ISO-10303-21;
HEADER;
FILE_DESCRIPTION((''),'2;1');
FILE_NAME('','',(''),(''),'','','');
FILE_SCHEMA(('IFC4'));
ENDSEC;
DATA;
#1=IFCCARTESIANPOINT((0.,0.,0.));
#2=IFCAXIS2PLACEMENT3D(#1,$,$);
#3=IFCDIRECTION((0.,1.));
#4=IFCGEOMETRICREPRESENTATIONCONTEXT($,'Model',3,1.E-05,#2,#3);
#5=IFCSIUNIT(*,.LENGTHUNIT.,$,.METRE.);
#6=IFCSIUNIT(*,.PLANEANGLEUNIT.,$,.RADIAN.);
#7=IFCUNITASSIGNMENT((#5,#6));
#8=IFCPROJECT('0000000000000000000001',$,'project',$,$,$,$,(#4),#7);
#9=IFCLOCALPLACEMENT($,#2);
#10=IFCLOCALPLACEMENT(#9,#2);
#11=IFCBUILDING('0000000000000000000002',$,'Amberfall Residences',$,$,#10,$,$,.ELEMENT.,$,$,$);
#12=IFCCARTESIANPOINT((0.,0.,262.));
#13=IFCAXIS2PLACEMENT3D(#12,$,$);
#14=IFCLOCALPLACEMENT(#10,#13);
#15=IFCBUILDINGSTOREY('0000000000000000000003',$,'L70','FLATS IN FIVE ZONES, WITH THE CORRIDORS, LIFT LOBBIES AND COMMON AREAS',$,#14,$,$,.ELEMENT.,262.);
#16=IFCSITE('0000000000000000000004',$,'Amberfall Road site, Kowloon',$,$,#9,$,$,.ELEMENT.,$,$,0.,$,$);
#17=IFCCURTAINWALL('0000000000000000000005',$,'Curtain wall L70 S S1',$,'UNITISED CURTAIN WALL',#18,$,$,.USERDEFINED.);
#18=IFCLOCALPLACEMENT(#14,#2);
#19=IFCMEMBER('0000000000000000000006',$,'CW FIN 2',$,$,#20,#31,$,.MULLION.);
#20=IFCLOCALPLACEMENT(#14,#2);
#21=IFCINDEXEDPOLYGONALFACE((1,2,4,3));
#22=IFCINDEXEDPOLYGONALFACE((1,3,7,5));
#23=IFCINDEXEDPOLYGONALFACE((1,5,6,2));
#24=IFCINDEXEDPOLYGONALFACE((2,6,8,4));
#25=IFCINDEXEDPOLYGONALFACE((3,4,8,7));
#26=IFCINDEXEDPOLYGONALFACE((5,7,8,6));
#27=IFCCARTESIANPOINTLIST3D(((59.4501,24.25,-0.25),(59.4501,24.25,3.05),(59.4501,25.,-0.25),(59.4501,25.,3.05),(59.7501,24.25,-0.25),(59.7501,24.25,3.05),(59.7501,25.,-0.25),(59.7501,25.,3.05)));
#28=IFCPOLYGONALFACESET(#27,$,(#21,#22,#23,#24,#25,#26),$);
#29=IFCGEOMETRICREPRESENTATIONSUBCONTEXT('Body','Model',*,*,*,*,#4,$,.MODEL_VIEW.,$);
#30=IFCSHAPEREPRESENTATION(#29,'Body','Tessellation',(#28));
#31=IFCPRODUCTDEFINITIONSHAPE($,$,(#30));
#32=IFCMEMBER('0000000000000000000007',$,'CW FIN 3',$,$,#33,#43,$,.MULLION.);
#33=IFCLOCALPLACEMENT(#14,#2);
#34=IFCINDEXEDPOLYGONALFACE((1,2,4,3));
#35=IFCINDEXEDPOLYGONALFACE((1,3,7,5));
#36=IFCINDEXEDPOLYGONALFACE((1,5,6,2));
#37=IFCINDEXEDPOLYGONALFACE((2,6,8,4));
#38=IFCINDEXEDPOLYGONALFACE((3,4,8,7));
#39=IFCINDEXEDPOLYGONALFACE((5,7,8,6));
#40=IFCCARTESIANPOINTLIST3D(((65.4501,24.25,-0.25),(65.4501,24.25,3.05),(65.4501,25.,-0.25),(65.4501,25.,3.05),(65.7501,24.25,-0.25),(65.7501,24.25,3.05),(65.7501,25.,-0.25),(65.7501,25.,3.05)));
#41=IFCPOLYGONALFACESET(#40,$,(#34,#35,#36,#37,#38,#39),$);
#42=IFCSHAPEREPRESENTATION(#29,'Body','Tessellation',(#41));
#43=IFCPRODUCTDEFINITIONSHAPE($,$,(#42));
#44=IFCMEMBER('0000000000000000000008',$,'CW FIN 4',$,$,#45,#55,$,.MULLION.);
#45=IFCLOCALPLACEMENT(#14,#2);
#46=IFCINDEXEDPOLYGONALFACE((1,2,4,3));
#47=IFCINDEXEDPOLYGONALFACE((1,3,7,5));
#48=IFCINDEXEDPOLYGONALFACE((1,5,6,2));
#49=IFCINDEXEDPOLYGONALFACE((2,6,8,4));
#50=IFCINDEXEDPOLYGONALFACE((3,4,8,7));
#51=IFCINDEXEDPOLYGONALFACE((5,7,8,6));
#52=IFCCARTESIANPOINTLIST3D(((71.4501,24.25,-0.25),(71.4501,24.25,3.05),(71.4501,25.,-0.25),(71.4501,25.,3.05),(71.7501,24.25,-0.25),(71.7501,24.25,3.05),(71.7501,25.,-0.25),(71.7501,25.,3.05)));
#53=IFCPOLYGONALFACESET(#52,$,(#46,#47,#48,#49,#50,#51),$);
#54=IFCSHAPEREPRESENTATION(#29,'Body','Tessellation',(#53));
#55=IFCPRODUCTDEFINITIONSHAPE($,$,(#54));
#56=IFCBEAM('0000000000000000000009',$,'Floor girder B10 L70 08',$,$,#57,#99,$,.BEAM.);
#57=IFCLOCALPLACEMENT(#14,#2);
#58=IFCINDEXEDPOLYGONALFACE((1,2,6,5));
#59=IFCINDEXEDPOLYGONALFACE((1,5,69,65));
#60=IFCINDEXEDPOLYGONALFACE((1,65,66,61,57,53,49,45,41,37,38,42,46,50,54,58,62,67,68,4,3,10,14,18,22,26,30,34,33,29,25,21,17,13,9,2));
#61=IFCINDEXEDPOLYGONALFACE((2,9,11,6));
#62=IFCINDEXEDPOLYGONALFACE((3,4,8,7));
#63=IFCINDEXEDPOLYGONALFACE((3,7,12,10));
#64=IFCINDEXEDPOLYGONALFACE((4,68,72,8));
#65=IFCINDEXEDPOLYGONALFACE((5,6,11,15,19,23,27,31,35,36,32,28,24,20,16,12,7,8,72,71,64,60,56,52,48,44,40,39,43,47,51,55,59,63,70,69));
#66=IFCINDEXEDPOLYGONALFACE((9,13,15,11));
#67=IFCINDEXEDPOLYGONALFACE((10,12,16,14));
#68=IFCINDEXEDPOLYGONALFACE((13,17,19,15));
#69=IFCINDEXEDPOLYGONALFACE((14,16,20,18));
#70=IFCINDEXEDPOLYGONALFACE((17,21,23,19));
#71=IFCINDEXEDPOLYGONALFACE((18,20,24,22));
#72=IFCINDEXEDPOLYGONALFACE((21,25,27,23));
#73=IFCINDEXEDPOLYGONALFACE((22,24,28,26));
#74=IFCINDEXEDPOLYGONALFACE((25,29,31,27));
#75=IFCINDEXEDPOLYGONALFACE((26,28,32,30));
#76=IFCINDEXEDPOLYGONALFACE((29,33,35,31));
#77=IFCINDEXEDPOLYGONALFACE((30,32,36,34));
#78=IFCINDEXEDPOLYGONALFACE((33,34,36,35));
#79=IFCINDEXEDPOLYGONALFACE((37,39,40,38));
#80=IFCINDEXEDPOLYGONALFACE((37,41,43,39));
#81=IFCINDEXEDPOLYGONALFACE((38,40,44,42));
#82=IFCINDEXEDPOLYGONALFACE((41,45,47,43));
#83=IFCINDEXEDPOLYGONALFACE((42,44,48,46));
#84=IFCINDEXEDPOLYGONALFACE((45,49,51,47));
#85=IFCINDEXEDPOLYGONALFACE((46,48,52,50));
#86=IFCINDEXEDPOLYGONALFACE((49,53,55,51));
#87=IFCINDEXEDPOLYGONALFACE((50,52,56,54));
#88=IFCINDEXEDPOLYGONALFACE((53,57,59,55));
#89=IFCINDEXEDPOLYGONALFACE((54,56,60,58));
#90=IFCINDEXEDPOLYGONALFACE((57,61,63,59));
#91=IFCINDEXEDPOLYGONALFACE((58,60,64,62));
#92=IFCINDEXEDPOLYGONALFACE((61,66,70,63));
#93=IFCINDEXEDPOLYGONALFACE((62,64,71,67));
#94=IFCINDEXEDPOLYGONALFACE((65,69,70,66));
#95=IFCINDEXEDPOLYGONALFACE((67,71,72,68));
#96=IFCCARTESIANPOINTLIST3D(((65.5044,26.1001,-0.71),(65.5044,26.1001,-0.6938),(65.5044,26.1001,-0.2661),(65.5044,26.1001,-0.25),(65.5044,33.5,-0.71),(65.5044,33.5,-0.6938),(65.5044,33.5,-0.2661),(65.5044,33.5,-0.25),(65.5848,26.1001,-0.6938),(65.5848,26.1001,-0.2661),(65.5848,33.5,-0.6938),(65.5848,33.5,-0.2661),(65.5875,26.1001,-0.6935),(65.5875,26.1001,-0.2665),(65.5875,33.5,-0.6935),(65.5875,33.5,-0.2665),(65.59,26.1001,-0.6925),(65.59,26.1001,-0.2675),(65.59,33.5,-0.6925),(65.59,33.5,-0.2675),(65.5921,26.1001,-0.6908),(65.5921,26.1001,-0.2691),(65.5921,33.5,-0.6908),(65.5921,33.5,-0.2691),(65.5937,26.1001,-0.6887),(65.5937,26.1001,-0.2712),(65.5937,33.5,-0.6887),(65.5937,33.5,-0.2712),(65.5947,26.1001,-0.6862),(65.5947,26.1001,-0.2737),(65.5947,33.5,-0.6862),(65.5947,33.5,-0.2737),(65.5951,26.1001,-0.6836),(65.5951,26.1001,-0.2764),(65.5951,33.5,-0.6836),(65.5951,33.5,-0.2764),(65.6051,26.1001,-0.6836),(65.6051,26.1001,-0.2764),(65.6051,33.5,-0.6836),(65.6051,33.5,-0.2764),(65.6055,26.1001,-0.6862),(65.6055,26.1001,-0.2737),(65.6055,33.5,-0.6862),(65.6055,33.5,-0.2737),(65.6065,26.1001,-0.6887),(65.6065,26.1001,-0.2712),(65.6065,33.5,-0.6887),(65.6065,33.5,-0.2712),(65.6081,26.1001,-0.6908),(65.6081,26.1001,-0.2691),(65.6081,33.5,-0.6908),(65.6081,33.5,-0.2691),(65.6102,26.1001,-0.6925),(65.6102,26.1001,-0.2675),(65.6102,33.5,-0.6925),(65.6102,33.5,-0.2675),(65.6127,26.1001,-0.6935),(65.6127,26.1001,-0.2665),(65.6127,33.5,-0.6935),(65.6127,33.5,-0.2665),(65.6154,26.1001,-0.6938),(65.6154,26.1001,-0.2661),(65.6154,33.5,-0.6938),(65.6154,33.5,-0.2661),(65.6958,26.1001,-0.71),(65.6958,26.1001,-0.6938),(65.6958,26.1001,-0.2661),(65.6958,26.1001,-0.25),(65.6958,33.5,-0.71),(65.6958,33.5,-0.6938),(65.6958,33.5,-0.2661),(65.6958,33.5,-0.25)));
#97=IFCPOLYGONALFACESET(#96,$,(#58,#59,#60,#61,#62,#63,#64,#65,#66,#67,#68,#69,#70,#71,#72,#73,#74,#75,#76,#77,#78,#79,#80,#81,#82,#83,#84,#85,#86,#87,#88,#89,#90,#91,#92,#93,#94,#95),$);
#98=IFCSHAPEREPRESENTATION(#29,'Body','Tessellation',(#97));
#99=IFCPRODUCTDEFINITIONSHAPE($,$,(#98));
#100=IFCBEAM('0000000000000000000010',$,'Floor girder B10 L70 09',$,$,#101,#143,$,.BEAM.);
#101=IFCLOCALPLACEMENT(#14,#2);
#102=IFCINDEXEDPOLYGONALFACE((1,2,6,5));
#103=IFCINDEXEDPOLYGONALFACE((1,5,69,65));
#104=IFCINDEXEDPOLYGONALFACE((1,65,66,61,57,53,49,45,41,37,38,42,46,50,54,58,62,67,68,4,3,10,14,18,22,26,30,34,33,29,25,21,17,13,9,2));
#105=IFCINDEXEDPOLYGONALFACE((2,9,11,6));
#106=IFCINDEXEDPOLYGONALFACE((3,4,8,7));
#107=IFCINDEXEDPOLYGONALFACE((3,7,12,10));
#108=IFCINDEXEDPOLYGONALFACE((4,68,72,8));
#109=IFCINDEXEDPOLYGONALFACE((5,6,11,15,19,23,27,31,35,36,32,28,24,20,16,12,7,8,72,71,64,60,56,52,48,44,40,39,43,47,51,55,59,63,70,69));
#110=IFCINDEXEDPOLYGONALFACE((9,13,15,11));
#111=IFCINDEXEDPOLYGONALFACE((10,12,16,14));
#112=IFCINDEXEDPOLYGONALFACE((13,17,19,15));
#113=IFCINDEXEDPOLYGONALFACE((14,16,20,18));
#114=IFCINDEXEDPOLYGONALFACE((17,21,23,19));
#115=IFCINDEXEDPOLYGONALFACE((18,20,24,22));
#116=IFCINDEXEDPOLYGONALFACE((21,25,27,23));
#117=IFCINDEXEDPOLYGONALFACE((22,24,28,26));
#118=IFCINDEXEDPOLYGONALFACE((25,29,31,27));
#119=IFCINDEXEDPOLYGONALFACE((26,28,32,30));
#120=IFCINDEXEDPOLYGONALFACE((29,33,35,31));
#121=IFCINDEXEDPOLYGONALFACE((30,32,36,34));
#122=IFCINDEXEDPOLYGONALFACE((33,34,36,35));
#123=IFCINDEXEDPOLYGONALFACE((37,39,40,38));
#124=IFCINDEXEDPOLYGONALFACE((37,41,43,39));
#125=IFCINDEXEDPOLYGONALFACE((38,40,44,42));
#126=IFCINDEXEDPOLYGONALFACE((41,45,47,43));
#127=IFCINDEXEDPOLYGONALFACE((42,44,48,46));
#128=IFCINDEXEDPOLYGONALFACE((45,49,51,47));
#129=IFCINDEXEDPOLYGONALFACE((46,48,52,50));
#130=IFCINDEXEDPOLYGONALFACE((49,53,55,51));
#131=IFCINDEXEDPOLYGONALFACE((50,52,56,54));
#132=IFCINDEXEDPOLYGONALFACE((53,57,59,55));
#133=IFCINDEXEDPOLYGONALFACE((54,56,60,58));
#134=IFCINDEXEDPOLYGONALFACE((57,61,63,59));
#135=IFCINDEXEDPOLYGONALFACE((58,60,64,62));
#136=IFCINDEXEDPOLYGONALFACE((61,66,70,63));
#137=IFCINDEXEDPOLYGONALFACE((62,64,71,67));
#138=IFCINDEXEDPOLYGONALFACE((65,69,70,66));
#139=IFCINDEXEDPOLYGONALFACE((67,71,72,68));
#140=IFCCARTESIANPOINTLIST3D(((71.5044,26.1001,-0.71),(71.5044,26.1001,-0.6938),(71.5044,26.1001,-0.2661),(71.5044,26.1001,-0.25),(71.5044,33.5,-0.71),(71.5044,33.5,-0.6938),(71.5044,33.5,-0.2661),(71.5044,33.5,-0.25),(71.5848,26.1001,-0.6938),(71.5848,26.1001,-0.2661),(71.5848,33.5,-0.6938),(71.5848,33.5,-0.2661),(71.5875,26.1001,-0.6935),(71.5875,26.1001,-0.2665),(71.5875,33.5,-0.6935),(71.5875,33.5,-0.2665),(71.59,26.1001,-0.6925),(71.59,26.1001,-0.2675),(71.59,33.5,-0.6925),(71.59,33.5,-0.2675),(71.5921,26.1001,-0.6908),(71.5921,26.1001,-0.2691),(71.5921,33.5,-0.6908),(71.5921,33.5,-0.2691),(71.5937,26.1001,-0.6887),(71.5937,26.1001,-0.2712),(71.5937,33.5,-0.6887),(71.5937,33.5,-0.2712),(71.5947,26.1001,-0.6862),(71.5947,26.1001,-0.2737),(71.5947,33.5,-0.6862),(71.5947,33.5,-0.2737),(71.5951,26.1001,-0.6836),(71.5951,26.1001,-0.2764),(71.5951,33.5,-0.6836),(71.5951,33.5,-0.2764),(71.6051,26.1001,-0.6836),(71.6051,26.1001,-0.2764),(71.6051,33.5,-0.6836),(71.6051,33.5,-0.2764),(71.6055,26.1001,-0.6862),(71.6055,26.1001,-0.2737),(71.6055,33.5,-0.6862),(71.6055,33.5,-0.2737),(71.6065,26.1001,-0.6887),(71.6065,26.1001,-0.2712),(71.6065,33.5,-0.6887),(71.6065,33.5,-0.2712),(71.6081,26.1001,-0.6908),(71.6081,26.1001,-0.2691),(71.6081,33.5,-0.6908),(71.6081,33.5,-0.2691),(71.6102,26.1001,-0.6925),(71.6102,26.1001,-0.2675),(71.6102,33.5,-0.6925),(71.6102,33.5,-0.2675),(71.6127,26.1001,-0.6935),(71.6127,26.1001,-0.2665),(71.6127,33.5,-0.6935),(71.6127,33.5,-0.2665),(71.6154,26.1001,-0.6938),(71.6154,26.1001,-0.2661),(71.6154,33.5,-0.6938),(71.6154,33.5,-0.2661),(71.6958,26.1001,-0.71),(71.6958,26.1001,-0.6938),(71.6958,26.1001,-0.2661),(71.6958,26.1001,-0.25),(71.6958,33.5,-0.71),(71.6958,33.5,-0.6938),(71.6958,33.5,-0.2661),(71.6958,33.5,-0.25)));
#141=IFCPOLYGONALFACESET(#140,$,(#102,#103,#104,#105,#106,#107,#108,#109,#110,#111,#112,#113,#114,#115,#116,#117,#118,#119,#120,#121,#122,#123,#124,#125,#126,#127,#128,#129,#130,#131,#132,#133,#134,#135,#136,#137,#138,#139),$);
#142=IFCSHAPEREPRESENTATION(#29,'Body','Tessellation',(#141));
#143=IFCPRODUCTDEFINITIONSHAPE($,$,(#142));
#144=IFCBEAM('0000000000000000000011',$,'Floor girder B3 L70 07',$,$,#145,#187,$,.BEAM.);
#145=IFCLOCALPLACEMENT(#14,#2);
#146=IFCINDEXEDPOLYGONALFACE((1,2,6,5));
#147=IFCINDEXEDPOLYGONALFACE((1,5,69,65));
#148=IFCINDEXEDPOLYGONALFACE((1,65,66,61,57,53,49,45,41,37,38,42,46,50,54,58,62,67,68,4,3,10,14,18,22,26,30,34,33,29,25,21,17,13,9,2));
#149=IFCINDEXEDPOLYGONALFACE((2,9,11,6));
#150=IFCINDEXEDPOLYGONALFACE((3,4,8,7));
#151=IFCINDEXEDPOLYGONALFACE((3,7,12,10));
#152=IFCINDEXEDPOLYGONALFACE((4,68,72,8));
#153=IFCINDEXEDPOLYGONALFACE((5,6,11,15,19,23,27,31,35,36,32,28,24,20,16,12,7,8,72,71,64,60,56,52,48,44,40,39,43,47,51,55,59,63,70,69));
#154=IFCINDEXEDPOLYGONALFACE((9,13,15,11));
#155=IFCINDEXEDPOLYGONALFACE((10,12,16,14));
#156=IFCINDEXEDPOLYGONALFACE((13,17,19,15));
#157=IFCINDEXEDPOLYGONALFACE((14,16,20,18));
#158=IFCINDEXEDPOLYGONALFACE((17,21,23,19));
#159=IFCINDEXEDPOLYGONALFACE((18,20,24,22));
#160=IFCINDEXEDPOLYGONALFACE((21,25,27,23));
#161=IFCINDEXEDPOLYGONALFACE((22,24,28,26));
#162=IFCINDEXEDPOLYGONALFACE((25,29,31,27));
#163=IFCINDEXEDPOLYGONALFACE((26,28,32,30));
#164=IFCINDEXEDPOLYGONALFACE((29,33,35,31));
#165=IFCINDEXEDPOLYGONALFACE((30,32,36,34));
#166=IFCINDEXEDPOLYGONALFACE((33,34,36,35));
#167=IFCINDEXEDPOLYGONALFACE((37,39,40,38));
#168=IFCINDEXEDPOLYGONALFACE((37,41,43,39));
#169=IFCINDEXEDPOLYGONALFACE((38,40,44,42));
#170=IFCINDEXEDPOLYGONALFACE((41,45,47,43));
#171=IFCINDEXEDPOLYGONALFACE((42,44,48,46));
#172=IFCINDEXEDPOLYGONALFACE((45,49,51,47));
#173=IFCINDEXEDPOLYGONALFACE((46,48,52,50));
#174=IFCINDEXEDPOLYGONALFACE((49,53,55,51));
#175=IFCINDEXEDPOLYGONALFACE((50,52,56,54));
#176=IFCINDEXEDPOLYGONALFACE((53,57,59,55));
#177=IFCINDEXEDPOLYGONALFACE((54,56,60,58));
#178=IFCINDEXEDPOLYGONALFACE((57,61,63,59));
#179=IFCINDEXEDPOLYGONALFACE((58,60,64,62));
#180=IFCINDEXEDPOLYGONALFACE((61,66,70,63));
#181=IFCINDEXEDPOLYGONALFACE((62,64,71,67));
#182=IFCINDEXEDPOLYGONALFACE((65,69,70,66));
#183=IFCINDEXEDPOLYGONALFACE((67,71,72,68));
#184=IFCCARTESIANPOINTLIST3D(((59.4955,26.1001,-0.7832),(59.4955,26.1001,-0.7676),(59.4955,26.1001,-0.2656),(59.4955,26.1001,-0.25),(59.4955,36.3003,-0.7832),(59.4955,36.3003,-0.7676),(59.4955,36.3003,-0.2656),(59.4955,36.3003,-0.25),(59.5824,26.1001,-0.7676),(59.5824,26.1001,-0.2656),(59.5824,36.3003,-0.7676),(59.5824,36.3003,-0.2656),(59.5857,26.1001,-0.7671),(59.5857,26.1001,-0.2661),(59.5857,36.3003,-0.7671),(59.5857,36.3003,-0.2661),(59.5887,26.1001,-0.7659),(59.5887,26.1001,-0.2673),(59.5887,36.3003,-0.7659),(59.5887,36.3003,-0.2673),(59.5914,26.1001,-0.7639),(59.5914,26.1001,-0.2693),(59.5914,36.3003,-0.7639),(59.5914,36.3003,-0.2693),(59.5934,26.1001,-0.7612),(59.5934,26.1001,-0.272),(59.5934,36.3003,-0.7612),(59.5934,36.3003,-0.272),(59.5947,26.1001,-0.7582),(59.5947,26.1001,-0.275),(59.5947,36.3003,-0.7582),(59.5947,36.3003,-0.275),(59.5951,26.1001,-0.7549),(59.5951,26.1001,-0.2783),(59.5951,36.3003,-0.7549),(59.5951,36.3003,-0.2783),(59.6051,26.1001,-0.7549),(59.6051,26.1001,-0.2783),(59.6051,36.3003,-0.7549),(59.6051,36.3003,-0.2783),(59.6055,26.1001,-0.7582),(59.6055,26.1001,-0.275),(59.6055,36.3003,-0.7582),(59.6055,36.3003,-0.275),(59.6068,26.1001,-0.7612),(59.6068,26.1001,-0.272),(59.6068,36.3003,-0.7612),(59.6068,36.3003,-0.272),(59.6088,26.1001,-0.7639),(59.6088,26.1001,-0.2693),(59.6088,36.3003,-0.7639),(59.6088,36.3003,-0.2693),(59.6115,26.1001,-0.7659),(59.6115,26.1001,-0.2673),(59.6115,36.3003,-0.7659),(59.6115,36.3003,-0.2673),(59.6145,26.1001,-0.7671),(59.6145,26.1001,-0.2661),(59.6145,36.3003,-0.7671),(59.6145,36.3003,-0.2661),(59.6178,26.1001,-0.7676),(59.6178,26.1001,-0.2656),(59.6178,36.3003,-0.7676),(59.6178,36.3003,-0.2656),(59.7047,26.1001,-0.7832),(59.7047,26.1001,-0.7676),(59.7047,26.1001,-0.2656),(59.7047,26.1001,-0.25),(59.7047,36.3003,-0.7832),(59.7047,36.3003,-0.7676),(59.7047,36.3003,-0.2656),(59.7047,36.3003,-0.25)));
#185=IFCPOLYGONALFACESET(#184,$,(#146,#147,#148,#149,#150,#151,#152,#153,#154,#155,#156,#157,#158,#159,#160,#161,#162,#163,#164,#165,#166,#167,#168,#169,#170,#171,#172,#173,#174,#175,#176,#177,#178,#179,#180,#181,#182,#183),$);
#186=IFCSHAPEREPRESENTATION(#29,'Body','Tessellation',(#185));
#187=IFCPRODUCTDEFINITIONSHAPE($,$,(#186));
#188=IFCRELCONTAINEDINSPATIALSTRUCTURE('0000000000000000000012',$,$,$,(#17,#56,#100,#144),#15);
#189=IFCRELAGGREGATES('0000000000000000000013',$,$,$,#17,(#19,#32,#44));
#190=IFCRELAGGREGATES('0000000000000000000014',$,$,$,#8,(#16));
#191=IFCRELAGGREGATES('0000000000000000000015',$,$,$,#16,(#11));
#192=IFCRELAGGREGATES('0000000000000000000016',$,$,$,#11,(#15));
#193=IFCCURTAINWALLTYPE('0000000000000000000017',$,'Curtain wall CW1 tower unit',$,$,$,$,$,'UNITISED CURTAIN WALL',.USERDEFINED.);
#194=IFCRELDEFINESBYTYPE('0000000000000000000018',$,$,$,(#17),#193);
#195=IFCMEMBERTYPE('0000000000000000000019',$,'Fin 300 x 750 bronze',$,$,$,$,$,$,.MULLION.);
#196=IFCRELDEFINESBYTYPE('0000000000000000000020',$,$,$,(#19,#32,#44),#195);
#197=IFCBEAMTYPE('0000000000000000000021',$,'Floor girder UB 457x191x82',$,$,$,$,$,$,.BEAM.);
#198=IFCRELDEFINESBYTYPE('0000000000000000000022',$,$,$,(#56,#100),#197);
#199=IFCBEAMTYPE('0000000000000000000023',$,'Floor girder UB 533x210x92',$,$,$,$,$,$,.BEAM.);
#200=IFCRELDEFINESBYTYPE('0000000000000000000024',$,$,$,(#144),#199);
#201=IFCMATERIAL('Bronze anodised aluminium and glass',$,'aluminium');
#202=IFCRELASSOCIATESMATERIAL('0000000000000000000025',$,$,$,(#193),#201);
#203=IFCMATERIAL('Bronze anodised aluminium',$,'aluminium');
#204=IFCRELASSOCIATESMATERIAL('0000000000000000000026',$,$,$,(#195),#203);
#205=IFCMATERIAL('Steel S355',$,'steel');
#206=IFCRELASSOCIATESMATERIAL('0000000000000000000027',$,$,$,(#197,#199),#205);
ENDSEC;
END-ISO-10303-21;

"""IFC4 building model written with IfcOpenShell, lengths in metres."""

from ifc_helpers import new_model, si_unit, direction, frame, origin, origin_2d, place, context, subcontext, project, spatial, rectangle, i_section, extrude, material, material_profile, profile_set, type_object, element, aggregate, save


model = new_model("IFC4")

# Units and contexts
model_context = context("Model", 3, precision=1e-05, world=origin(), true_north=direction((0.0, 1.0)))
body_context = subcontext(model_context, "Body", "Model", "MODEL_VIEW")
ifc_project = project(units=[si_unit("LENGTHUNIT", "METRE"), si_unit("PLANEANGLEUNIT", "RADIAN")], contexts=[model_context])

# Site, building, storey
site_placement = place(None, origin())
site = spatial("IfcSite", under=ifc_project, at=site_placement, Name="Amberfall Road site, Kowloon", CompositionType="ELEMENT", RefElevation=0.0)
building_placement = place(site_placement, origin())
building = spatial("IfcBuilding", under=site, at=building_placement, Name="Amberfall Residences", CompositionType="ELEMENT")
storey_placement = place(building_placement, frame((0.0, 0.0, 262.0)))
storey = spatial("IfcBuildingStorey", under=building, at=storey_placement, Name="L70", Description="FLATS IN FIVE ZONES, WITH THE CORRIDORS, LIFT LOBBIES AND COMMON AREAS", CompositionType="ELEMENT", Elevation=262.0)

# Curtain wall
ifc_material_1 = material(Name="Bronze anodised aluminium and glass", Category="aluminium")
curtain_wall_type = type_object("IfcCurtainWallType", Name="Curtain wall CW1 tower unit", ElementType="UNITISED CURTAIN WALL", PredefinedType="USERDEFINED", material=ifc_material_1)
curtain_wall_placement = place(storey_placement, origin())
curtain_wall = element("IfcCurtainWall", 1, at=curtain_wall_placement, inside=storey, type_object=curtain_wall_type, Name="Curtain wall L70 S S1", ObjectType="UNITISED CURTAIN WALL", PredefinedType="USERDEFINED")
ifc_material_2 = material(Name="Bronze anodised aluminium", Category="aluminium")

# Shared definitions
ifc_material_3 = material(Name="Steel S355", Category="steel")

# Members
ifc_material_profile_1 = material_profile(ifc_material_2, rectangle(XDim=0.75, YDim=0.3, at=origin_2d()), Name="Fin 300 x 750 bronze")
ifc_profile_set_1 = profile_set([ifc_material_profile_1], Name="Bronze anodised aluminium")
member_type_1 = type_object("IfcMemberType", Name="Fin 300 x 750 bronze", PredefinedType="MULLION", material=ifc_profile_set_1)
member_1_placement = place(storey_placement, frame((59.6001, 24.625, -0.25), z_axis=(0.0, 0.0, 1.0), x_axis=(0.0, 1.0, 0.0)))
member_1 = element("IfcMember", 2, at=member_1_placement, type_object=member_type_1, Name="CW FIN 2", PredefinedType="MULLION", context=body_context, shape_type="SweptSolid", body=[
    extrude(rectangle(XDim=0.75, YDim=0.3, at=origin_2d()), origin(), (0.0, 0.0, 1.0), 3.3),
])
member_2_placement = place(storey_placement, frame((65.6001, 24.625, -0.25), z_axis=(0.0, 0.0, 1.0), x_axis=(0.0, 1.0, 0.0)))
member_2 = element("IfcMember", 3, at=member_2_placement, type_object=member_type_1, Name="CW FIN 3", PredefinedType="MULLION", context=body_context, shape_type="SweptSolid", body=[
    extrude(rectangle(XDim=0.75, YDim=0.3, at=origin_2d()), origin(), (0.0, 0.0, 1.0), 3.3),
])
member_3_placement = place(storey_placement, frame((71.6001, 24.625, -0.25), z_axis=(0.0, 0.0, 1.0), x_axis=(0.0, 1.0, 0.0)))
member_3 = element("IfcMember", 4, at=member_3_placement, type_object=member_type_1, Name="CW FIN 4", PredefinedType="MULLION", context=body_context, shape_type="SweptSolid", body=[
    extrude(rectangle(XDim=0.75, YDim=0.3, at=origin_2d()), origin(), (0.0, 0.0, 1.0), 3.3),
])

# Beams
ifc_material_profile_2 = material_profile(ifc_material_3, i_section(OverallWidth=0.1914, OverallDepth=0.46, WebThickness=0.01, FlangeThickness=0.0161, FilletRadius=0.0103, at=origin_2d()), Name="UB 457x191x82")
ifc_profile_set_2 = profile_set([ifc_material_profile_2], Name="Steel S355")
beam_type_1 = type_object("IfcBeamType", Name="Floor girder UB 457x191x82", PredefinedType="BEAM", material=ifc_profile_set_2)
for number, where, z_axis, x_axis, name in (
    (5, (65.6001, 26.1001, -0.48), (0.0, 1.0, 0.0), (-1.0, 0.0, 0.0), "Floor girder B10 L70 08"),
    (6, (71.6001, 26.1001, -0.48), (0.0, 1.0, 0.0), (-1.0, 0.0, 0.0), "Floor girder B10 L70 09"),
):
    element("IfcBeam", number, at=place(storey_placement, frame(where, z_axis=z_axis, x_axis=x_axis)), inside=storey, type_object=beam_type_1, Name=name, PredefinedType="BEAM", context=body_context, shape_type="SweptSolid", body=[
        extrude(i_section(OverallWidth=0.1914, OverallDepth=0.46, WebThickness=0.01, FlangeThickness=0.0161, FilletRadius=0.0103, at=origin_2d()), origin(), (0.0, 0.0, 1.0), 7.3999),
    ])
ifc_material_profile_3 = material_profile(ifc_material_3, i_section(OverallWidth=0.2092, OverallDepth=0.5332, WebThickness=0.01, FlangeThickness=0.0156, FilletRadius=0.0127, at=origin_2d()), Name="UB 533x210x92")
ifc_profile_set_3 = profile_set([ifc_material_profile_3], Name="Steel S355")
beam_type_2 = type_object("IfcBeamType", Name="Floor girder UB 533x210x92", PredefinedType="BEAM", material=ifc_profile_set_3)
beam_placement = place(storey_placement, frame((59.6001, 26.1001, -0.5166), z_axis=(0.0, 1.0, 0.0), x_axis=(-1.0, 0.0, 0.0)))
element("IfcBeam", 7, at=beam_placement, inside=storey, type_object=beam_type_2, Name="Floor girder B3 L70 07", PredefinedType="BEAM", context=body_context, shape_type="SweptSolid", body=[
    extrude(i_section(OverallWidth=0.2092, OverallDepth=0.5332, WebThickness=0.01, FlangeThickness=0.0156, FilletRadius=0.0127, at=origin_2d()), origin(), (0.0, 0.0, 1.0), 10.2002),
])

aggregate(curtain_wall, [member_1, member_2, member_3])

save(model, "model.ifc")
